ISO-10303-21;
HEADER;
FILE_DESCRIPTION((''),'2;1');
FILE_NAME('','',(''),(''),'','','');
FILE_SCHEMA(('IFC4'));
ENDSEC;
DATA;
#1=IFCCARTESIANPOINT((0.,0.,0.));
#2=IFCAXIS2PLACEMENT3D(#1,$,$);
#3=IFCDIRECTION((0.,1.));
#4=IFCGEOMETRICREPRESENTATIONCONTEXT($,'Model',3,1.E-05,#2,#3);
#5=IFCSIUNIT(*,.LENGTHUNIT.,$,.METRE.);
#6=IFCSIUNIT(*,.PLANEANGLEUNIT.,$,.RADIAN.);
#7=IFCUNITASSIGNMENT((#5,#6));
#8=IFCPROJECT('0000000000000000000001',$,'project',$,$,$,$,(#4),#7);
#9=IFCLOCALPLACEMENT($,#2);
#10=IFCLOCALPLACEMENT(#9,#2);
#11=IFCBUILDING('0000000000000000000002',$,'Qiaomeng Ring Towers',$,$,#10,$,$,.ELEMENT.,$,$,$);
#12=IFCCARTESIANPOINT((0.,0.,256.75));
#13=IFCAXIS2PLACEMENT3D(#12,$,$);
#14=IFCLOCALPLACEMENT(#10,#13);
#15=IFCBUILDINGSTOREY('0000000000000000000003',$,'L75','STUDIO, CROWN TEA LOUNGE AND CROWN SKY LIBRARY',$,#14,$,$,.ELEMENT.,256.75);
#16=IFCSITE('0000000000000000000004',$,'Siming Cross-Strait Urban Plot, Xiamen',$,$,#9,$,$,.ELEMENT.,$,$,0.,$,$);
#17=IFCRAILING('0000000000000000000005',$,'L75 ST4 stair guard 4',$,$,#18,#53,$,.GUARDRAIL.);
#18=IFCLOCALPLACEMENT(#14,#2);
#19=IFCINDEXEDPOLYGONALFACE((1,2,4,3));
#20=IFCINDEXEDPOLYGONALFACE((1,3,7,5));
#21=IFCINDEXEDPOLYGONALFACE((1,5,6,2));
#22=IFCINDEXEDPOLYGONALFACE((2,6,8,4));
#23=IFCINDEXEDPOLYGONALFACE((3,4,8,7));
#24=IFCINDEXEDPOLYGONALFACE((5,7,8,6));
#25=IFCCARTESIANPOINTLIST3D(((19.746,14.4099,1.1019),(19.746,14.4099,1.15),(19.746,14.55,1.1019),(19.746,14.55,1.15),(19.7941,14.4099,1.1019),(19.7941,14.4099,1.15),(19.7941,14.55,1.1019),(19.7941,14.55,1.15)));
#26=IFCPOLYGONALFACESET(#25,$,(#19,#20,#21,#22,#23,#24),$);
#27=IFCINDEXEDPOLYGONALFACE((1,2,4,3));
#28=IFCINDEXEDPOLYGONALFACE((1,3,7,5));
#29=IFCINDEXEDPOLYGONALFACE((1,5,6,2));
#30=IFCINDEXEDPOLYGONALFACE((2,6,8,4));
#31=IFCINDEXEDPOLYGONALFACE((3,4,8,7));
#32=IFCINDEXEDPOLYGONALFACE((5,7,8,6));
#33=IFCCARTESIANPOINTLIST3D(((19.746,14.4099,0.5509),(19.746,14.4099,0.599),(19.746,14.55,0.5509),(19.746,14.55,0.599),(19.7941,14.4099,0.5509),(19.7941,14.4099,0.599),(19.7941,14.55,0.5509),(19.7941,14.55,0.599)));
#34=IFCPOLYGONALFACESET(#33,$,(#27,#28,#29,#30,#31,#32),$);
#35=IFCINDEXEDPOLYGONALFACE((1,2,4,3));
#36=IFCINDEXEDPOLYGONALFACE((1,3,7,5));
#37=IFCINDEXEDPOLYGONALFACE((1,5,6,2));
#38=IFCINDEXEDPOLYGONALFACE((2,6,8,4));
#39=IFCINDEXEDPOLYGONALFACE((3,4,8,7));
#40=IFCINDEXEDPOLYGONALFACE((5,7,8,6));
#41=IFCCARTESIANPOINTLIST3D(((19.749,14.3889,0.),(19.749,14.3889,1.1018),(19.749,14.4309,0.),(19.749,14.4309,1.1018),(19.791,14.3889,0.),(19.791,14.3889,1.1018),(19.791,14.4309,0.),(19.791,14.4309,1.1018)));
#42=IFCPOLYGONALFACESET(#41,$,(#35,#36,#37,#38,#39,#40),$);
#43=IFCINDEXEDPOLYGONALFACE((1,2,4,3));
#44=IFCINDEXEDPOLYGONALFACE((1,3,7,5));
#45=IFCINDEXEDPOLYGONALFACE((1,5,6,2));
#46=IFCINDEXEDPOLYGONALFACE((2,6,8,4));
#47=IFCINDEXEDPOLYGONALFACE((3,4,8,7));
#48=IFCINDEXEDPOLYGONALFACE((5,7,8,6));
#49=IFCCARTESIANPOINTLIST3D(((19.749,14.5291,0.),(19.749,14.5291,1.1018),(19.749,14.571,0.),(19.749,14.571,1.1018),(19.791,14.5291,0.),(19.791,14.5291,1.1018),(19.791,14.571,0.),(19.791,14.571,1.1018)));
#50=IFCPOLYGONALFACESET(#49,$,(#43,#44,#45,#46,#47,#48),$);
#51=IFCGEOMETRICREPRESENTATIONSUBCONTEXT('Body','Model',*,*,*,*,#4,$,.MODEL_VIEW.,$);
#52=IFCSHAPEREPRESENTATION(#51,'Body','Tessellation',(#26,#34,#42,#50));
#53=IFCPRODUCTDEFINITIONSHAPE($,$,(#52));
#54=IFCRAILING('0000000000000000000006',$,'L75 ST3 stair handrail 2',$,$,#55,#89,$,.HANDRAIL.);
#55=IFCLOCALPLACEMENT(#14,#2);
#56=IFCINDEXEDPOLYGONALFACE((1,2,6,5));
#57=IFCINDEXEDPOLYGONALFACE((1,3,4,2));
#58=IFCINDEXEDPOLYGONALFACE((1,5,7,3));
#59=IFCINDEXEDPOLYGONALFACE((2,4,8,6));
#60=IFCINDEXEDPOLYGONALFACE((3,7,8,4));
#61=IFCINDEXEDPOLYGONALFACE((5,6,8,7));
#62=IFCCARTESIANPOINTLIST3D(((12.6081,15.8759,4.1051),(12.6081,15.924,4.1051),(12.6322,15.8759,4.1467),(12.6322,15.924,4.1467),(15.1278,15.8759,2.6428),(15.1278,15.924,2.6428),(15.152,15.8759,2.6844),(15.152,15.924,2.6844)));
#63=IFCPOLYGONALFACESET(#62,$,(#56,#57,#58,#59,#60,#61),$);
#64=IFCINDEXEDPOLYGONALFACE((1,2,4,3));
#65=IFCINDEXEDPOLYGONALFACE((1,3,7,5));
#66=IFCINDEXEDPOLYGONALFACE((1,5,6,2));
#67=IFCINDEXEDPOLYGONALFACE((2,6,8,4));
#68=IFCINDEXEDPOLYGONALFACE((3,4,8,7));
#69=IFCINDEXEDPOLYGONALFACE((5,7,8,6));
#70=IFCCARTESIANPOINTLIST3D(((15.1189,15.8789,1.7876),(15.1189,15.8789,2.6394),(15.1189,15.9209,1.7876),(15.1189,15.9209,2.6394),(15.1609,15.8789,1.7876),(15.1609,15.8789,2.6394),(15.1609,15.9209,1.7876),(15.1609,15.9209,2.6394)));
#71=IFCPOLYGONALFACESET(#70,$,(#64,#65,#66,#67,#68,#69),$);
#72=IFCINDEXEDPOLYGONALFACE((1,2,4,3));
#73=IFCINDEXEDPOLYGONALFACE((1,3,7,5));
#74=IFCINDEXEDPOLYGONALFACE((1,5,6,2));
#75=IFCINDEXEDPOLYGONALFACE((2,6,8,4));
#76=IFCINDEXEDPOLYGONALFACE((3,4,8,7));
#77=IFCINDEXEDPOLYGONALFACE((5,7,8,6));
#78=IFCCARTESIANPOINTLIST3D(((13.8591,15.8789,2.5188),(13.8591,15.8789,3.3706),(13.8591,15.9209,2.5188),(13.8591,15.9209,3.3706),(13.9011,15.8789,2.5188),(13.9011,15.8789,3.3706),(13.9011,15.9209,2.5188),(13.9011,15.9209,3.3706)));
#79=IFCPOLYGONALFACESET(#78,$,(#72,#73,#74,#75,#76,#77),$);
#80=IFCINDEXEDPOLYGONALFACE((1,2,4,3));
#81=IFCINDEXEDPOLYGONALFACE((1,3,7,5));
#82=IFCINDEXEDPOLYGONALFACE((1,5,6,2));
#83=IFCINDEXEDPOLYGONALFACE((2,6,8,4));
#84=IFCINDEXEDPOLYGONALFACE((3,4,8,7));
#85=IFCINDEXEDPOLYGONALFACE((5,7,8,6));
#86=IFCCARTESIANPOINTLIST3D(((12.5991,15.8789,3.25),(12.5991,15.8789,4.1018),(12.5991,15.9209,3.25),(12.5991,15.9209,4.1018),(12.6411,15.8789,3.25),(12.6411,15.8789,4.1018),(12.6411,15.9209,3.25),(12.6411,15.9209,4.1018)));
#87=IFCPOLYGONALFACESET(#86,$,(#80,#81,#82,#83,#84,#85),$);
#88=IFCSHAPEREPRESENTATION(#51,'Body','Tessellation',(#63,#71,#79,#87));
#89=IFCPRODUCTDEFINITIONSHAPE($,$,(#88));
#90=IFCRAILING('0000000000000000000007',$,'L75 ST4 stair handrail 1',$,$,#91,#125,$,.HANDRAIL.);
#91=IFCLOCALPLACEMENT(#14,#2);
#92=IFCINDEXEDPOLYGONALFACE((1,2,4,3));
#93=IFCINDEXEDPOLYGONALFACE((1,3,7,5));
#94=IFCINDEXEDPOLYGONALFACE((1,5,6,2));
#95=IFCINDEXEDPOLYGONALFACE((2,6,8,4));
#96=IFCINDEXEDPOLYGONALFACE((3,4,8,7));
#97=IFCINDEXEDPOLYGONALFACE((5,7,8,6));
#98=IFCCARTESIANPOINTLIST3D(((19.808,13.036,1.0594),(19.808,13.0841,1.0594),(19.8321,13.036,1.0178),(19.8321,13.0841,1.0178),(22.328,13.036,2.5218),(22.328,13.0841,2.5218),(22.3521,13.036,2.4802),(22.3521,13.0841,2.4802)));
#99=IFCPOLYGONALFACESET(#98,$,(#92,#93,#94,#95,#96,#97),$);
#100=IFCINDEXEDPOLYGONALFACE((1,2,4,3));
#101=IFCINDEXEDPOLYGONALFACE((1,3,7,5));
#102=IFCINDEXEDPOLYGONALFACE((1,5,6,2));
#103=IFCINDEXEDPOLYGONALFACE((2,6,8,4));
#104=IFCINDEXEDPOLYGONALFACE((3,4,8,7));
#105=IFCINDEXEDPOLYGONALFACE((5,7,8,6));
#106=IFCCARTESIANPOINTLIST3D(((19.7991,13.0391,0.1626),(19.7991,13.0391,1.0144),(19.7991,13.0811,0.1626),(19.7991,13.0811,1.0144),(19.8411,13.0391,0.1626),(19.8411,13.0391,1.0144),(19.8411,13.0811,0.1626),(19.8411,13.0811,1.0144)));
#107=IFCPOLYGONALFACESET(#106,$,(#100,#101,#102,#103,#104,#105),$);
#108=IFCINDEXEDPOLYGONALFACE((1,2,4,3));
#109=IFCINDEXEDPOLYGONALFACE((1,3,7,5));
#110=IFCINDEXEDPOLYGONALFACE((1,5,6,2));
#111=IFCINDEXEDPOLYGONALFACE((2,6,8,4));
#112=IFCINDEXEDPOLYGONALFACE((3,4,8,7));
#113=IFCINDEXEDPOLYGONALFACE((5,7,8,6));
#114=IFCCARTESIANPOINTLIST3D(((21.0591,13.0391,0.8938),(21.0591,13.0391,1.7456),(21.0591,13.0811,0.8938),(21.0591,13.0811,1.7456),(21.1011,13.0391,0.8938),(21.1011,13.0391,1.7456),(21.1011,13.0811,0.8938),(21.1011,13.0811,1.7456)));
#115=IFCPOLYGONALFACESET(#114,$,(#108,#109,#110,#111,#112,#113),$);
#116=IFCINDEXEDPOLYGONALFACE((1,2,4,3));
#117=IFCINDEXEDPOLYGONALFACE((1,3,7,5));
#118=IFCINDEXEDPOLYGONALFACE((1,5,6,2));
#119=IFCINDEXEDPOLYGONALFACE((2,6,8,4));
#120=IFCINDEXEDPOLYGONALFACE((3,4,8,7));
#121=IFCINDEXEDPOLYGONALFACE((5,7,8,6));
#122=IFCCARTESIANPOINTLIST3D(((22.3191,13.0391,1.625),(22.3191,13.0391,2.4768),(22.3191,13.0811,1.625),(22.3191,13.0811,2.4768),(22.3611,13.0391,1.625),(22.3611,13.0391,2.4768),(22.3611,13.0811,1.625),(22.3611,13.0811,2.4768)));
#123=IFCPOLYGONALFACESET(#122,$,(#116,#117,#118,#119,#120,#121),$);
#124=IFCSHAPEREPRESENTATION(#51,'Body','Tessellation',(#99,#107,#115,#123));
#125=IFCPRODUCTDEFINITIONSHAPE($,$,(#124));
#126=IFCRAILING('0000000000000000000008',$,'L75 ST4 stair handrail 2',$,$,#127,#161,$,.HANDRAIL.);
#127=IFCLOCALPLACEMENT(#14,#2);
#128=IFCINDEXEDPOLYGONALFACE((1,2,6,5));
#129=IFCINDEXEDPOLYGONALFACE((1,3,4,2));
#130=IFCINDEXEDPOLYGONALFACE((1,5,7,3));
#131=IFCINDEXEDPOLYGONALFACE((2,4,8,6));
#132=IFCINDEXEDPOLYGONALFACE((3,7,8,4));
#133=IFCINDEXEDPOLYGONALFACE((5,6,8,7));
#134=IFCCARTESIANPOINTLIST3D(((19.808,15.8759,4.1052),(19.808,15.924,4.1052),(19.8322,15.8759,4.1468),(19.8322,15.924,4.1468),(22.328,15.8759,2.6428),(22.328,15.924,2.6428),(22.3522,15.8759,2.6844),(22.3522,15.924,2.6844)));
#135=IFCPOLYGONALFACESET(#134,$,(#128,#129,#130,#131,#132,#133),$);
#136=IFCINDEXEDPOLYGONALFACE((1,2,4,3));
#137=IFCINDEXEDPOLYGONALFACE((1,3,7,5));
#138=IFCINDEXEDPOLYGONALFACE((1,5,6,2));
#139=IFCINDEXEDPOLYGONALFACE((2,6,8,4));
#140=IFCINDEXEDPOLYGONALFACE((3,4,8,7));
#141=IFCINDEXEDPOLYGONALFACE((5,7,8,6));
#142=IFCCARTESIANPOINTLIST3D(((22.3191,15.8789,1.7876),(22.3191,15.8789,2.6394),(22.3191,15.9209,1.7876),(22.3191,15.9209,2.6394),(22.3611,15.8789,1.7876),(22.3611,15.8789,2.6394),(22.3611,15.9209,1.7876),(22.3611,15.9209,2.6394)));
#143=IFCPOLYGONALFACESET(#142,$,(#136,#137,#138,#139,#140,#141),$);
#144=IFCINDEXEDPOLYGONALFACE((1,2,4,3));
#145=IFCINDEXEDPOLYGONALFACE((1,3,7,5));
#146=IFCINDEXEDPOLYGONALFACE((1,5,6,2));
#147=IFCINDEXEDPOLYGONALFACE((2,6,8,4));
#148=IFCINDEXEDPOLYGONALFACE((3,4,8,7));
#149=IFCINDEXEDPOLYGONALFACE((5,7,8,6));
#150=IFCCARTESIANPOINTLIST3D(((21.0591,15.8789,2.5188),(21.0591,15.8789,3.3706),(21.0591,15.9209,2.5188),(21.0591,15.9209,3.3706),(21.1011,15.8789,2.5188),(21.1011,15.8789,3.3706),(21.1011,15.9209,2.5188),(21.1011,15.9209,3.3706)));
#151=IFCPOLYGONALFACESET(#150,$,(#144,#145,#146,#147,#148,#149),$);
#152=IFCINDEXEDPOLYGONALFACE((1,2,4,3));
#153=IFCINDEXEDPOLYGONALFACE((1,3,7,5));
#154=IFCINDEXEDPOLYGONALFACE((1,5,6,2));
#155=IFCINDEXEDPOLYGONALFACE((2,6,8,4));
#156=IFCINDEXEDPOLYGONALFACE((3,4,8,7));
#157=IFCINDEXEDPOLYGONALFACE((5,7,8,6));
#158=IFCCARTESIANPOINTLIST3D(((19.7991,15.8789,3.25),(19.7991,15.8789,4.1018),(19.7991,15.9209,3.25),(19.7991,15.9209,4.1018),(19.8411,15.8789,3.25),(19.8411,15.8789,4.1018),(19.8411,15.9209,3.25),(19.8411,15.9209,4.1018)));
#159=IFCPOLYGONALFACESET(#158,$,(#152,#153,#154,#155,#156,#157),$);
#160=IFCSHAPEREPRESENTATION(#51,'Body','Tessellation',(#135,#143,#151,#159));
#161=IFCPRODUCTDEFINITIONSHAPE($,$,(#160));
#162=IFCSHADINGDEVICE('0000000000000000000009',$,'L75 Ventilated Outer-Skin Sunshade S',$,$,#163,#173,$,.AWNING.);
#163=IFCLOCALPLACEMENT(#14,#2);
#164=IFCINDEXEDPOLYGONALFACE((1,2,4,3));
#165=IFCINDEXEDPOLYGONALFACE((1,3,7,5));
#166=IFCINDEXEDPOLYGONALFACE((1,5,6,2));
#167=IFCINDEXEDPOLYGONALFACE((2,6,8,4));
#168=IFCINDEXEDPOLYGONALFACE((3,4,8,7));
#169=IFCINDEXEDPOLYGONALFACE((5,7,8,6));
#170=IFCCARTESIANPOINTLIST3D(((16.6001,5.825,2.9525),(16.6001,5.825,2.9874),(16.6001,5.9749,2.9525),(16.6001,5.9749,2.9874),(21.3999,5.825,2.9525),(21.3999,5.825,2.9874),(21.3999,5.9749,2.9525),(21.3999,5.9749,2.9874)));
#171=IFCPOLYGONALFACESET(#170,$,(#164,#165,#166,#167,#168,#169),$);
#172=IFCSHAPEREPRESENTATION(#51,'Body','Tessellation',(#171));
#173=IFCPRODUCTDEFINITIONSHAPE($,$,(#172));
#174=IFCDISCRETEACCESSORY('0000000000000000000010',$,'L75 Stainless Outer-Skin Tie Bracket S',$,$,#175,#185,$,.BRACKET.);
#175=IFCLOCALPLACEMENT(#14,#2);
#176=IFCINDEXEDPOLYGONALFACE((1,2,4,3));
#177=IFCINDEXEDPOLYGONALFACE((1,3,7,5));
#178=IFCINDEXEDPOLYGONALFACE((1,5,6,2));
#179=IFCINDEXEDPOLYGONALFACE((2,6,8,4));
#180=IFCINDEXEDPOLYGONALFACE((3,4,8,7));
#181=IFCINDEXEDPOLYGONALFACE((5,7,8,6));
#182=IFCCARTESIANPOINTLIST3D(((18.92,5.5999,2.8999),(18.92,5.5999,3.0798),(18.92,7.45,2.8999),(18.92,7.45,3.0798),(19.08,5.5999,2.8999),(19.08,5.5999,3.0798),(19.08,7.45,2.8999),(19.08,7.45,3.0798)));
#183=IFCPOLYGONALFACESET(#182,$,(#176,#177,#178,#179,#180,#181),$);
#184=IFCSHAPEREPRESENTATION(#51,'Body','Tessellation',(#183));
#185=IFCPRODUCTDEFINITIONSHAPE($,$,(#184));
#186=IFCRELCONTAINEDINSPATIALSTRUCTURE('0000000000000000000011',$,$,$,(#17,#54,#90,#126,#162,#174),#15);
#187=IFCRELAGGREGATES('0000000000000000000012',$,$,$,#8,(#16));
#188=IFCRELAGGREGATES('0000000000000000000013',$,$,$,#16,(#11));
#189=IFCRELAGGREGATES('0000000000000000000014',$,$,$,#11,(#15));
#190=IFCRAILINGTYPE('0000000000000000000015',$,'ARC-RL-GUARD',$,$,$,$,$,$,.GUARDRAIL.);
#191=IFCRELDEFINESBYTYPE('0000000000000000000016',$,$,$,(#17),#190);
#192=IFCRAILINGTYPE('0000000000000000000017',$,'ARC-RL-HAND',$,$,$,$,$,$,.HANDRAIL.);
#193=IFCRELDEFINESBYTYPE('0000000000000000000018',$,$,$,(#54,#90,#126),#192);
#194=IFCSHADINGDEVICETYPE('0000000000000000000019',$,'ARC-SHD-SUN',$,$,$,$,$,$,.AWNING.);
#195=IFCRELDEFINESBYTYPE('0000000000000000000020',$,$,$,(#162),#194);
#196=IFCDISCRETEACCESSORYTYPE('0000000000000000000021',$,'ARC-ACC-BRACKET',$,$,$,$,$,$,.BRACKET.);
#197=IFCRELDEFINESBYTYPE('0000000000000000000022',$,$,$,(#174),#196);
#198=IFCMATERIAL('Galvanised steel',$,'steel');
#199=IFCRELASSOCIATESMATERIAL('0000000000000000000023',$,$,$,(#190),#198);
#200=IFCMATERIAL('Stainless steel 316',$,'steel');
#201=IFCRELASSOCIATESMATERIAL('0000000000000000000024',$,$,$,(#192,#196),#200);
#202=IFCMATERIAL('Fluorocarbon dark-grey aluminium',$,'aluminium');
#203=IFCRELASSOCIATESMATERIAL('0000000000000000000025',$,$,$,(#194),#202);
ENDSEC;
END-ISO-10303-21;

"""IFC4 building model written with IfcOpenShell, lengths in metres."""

from ifc_helpers import new_model, si_unit, direction, frame, origin, origin_2d, place, context, subcontext, project, spatial, rectangle, extrude, source, transform, mapped, material, material_profile, profile_set, type_object, element, save


model = new_model("IFC4")

# Units and contexts
model_context = context("Model", 3, precision=1e-05, world=origin(), true_north=direction((0.0, 1.0)))
body_context = subcontext(model_context, "Body", "Model", "MODEL_VIEW")
ifc_project = project(units=[si_unit("LENGTHUNIT", "METRE"), si_unit("PLANEANGLEUNIT", "RADIAN")], contexts=[model_context])

# Site, building, storey
site_placement = place(None, origin())
site = spatial("IfcSite", under=ifc_project, at=site_placement, Name="Siming Cross-Strait Urban Plot, Xiamen", CompositionType="ELEMENT", RefElevation=0.0)
building_placement = place(site_placement, origin())
building = spatial("IfcBuilding", under=site, at=building_placement, Name="Qiaomeng Ring Towers", CompositionType="ELEMENT")
storey_placement = place(building_placement, frame((0.0, 0.0, 256.75)))
storey = spatial("IfcBuildingStorey", under=building, at=storey_placement, Name="L75", Description="STUDIO, CROWN TEA LOUNGE AND CROWN SKY LIBRARY", CompositionType="ELEMENT", Elevation=256.75)

# Shared definitions
ifc_material_1 = material(Name="Fluorocarbon dark-grey aluminium", Category="aluminium")

# Shared definitions
ifc_material_2 = material(Name="Galvanised steel", Category="steel")

# Railings
railing_type_1 = type_object("IfcRailingType", Name="ARC-RL-GUARD", PredefinedType="GUARDRAIL", material=ifc_material_2)
railing_1_placement = place(storey_placement, frame((19.77, 14.4099, 0.0)))
element("IfcRailing", 1, at=railing_1_placement, inside=storey, type_object=railing_type_1, Name="L75 ST4 stair guard 4", PredefinedType="GUARDRAIL", context=body_context, shape_type="SweptSolid", body=[
    extrude(rectangle(XDim=0.0481, YDim=0.0481, at=origin_2d()), frame((0.0, 0.0, 1.126), z_axis=(0.0, 1.0, 0.0), x_axis=(-1.0, 0.0, 0.0)), (0.0, 0.0, 1.0), 0.1401),
    extrude(rectangle(XDim=0.0481, YDim=0.0481, at=origin_2d()), frame((0.0, 0.0, 0.575), z_axis=(0.0, 1.0, 0.0), x_axis=(-1.0, 0.0, 0.0)), (0.0, 0.0, 1.0), 0.1401),
    extrude(rectangle(XDim=0.042, YDim=0.042, at=origin_2d()), origin(), (0.0, 0.0, 1.0), 1.1018),
    extrude(rectangle(XDim=0.042, YDim=0.042, at=origin_2d()), frame((0.0, 0.1401, 0.0)), (0.0, 0.0, 1.0), 1.1018),
])
ifc_material_3 = material(Name="Stainless steel 316", Category="steel")
railing_type_2 = type_object("IfcRailingType", Name="ARC-RL-HAND", PredefinedType="HANDRAIL", material=ifc_material_3)
railing_2_placement = place(storey_placement, frame((15.1399, 15.8999, 1.7876)))
element("IfcRailing", 2, at=railing_2_placement, inside=storey, type_object=railing_type_2, Name="L75 ST3 stair handrail 2", PredefinedType="HANDRAIL", context=body_context, shape_type="SweptSolid", body=[
    extrude(rectangle(XDim=0.0481, YDim=0.0481, at=origin_2d()), frame((0.0, 0.0, 0.876), z_axis=(-0.864892, 0.0, 0.501958), x_axis=(0.0, -1.0, 0.0)), (0.0, 0.0, 1.0), 2.9133),
    extrude(rectangle(XDim=0.042, YDim=0.042, at=origin_2d()), origin(), (0.0, 0.0, 1.0), 0.8518),
    extrude(rectangle(XDim=0.042, YDim=0.042, at=origin_2d()), frame((-1.2598, 0.0, 0.7312)), (0.0, 0.0, 1.0), 0.8518),
    extrude(rectangle(XDim=0.042, YDim=0.042, at=origin_2d()), frame((-2.5198, 0.0, 1.4624)), (0.0, 0.0, 1.0), 0.8518),
])
railing_3_placement = place(storey_placement, frame((19.8201, 13.0601, 0.1626)))
element("IfcRailing", 3, at=railing_3_placement, inside=storey, type_object=railing_type_2, Name="L75 ST4 stair handrail 1", PredefinedType="HANDRAIL", context=body_context, shape_type="SweptSolid", body=[
    extrude(rectangle(XDim=0.0481, YDim=0.0481, at=origin_2d()), frame((0.0, 0.0, 0.876), z_axis=(0.864913, 0.0, 0.501921), x_axis=(0.0, 1.0, 0.0)), (0.0, 0.0, 1.0), 2.9136),
    extrude(rectangle(XDim=0.042, YDim=0.042, at=origin_2d()), origin(), (0.0, 0.0, 1.0), 0.8518),
    extrude(rectangle(XDim=0.042, YDim=0.042, at=origin_2d()), frame((1.26, 0.0, 0.7312)), (0.0, 0.0, 1.0), 0.8518),
    extrude(rectangle(XDim=0.042, YDim=0.042, at=origin_2d()), frame((2.52, 0.0, 1.4624)), (0.0, 0.0, 1.0), 0.8518),
])
railing_4_placement = place(storey_placement, frame((22.3401, 15.8999, 1.7876)))
element("IfcRailing", 4, at=railing_4_placement, inside=storey, type_object=railing_type_2, Name="L75 ST4 stair handrail 2", PredefinedType="HANDRAIL", context=body_context, shape_type="SweptSolid", body=[
    extrude(rectangle(XDim=0.0481, YDim=0.0481, at=origin_2d()), frame((0.0, 0.0, 0.876), z_axis=(-0.864913, 0.0, 0.501921), x_axis=(0.0, -1.0, 0.0)), (0.0, 0.0, 1.0), 2.9136),
    extrude(rectangle(XDim=0.042, YDim=0.042, at=origin_2d()), origin(), (0.0, 0.0, 1.0), 0.8518),
    extrude(rectangle(XDim=0.042, YDim=0.042, at=origin_2d()), frame((-1.26, 0.0, 0.7312)), (0.0, 0.0, 1.0), 0.8518),
    extrude(rectangle(XDim=0.042, YDim=0.042, at=origin_2d()), frame((-2.52, 0.0, 1.4624)), (0.0, 0.0, 1.0), 0.8518),
])

# Shading device
ifc_material_profile_1 = material_profile(ifc_material_1, rectangle(XDim=0.1499, YDim=0.0349, at=origin_2d()), Name="LV BLADE 150x35")
ifc_profile_set_1 = profile_set([ifc_material_profile_1], Name="Fluorocarbon dark-grey aluminium")
shading_device_type = type_object("IfcShadingDeviceType", Name="ARC-SHD-SUN", PredefinedType="AWNING", material=ifc_profile_set_1)
shared_shape_1 = source(origin(), body_context, "Body", "SweptSolid", [
    extrude(rectangle(XDim=0.1499, YDim=0.0349, at=origin_2d()), origin(), (0.0, 0.0, 1.0), 4.7998),
])
shading_device_placement = place(storey_placement, frame((16.6001, 5.8999, 2.97), z_axis=(1.0, 0.0, 0.0), x_axis=(0.0, 1.0, 0.0)))
element("IfcShadingDevice", 5, at=shading_device_placement, inside=storey, type_object=shading_device_type, Name="L75 Ventilated Outer-Skin Sunshade S", PredefinedType="AWNING", context=body_context, shape_type="MappedRepresentation", body=[
    mapped(shared_shape_1, transform((0.0, 0.0, 0.0), x_axis=(1.0, 0.0, 0.0), y_axis=(0.0, 1.0, 0.0), z_axis=(0.0, 0.0, 1.0), scale=1.0)),
])

# Discrete accessory
discrete_accessory_type = type_object("IfcDiscreteAccessoryType", Name="ARC-ACC-BRACKET", PredefinedType="BRACKET", material=ifc_material_3)
shared_shape_2 = source(origin(), body_context, "Body", "SweptSolid", [
    extrude(rectangle(XDim=0.1599, YDim=1.8501, at=origin_2d()), origin(), (0.0, 0.0, 1.0), 0.1799),
])
discrete_accessory_placement = place(storey_placement, frame((19.0, 6.5249, 2.8999), z_axis=(0.0, 0.0, 1.0), x_axis=(1.0, 0.0, 0.0)))
element("IfcDiscreteAccessory", 6, at=discrete_accessory_placement, inside=storey, type_object=discrete_accessory_type, Name="L75 Stainless Outer-Skin Tie Bracket S", PredefinedType="BRACKET", context=body_context, shape_type="MappedRepresentation", body=[
    mapped(shared_shape_2, transform((0.0, 0.0, 0.0), x_axis=(1.0, 0.0, 0.0), y_axis=(0.0, 1.0, 0.0), z_axis=(0.0, 0.0, 1.0), scale=1.0)),
])

save(model, "model.ifc")
